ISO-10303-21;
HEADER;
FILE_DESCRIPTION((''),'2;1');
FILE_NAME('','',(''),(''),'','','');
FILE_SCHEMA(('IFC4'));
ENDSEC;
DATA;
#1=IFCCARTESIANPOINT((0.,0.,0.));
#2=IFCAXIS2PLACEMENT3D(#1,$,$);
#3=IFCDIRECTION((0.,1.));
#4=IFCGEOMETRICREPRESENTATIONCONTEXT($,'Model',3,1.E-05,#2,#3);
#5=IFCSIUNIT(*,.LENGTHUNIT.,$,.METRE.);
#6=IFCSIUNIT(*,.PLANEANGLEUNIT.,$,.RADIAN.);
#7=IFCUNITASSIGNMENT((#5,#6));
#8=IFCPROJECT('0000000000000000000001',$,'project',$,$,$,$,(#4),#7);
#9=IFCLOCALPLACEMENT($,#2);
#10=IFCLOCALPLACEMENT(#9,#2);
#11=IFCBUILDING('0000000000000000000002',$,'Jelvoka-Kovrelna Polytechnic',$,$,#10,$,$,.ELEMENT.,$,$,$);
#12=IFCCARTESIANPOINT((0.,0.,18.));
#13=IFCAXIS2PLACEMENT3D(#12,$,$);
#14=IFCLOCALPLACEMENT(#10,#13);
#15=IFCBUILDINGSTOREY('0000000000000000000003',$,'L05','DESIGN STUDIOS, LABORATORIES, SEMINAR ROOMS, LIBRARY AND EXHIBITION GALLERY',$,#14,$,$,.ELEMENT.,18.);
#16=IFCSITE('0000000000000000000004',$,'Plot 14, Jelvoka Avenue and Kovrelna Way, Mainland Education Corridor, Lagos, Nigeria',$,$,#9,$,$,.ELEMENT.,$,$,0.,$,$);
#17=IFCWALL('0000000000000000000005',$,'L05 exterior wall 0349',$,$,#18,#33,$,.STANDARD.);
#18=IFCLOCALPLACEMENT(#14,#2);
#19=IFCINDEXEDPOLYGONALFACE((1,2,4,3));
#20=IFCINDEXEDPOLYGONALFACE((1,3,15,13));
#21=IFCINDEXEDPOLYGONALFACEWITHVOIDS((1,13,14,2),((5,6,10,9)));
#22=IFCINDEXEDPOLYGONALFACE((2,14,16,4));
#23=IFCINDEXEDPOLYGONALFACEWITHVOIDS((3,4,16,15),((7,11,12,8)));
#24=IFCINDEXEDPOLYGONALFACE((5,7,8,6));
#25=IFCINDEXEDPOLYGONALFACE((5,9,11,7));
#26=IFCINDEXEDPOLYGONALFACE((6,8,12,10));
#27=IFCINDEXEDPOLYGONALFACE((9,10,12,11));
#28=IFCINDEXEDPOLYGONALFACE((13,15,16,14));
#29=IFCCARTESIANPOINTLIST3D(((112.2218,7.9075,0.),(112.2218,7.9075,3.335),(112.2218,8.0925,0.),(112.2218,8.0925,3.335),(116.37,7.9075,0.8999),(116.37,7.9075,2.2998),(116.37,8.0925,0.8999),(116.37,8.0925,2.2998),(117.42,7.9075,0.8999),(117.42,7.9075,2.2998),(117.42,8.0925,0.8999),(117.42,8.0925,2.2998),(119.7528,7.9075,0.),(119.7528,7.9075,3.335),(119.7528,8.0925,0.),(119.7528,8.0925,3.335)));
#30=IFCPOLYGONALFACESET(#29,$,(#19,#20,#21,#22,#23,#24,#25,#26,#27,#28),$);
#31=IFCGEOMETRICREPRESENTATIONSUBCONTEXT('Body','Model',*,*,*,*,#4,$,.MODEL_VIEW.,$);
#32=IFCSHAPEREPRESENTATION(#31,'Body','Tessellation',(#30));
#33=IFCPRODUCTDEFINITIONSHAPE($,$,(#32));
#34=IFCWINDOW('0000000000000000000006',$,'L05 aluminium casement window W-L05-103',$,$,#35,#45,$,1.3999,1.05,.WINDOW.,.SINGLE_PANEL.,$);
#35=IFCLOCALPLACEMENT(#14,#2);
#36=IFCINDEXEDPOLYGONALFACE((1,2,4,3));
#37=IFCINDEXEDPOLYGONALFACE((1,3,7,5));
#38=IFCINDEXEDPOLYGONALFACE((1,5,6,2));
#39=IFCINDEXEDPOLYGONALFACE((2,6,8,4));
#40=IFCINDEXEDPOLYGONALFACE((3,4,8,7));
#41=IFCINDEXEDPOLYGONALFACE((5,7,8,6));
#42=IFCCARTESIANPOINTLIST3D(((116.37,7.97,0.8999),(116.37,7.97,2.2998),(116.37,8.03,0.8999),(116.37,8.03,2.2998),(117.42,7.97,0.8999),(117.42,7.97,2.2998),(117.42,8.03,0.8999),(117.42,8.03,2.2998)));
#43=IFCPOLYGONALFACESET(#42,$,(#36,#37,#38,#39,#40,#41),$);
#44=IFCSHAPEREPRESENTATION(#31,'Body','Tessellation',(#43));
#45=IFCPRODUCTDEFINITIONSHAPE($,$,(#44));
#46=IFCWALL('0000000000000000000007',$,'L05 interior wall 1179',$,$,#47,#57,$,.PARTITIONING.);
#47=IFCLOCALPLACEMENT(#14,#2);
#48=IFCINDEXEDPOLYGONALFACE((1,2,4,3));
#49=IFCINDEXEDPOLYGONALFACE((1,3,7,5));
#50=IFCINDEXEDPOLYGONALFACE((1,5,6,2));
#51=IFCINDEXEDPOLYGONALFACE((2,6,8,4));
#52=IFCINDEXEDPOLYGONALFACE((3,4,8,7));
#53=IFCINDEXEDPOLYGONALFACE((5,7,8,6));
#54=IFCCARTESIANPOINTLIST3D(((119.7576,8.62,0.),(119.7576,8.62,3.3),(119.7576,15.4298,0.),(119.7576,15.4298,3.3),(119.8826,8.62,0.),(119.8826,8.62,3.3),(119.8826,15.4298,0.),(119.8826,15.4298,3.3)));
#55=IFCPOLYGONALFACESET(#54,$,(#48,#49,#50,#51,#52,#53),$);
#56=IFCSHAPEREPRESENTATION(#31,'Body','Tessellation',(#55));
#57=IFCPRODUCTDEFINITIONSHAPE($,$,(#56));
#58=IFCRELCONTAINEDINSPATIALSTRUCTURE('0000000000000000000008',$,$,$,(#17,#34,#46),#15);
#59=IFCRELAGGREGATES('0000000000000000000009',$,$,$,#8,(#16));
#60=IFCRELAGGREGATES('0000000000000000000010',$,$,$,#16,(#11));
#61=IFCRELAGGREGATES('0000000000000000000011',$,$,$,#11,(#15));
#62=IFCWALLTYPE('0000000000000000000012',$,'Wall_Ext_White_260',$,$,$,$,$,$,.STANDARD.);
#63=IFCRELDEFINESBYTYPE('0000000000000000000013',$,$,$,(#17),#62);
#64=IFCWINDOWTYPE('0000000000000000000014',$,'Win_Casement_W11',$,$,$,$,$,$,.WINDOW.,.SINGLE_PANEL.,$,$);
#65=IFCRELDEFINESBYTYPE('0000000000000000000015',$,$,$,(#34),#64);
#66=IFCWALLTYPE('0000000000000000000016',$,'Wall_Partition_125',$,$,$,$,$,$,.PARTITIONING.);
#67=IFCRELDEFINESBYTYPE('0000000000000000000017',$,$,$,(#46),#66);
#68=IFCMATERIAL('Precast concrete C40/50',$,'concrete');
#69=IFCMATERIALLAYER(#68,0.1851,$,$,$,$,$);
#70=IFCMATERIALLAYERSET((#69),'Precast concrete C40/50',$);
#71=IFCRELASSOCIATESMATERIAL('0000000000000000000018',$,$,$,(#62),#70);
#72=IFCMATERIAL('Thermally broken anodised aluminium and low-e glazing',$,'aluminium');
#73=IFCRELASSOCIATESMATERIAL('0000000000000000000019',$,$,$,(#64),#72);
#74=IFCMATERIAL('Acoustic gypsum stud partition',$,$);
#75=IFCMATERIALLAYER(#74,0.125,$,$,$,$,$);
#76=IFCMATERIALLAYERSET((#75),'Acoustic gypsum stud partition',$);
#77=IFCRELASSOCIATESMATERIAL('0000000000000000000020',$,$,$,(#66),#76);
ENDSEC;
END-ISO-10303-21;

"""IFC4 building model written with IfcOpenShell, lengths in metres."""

from ifc_helpers import new_model, si_unit, direction, frame, frame_2d, origin, place, context, subcontext, project, spatial, rectangle, extrude, material, layer, layer_set, type_object, element, fill, save


model = new_model("IFC4")

# Units and contexts
model_context = context("Model", 3, precision=1e-05, world=origin(), true_north=direction((0.0, 1.0)))
body_context = subcontext(model_context, "Body", "Model", "MODEL_VIEW")
ifc_project = project(units=[si_unit("LENGTHUNIT", "METRE"), si_unit("PLANEANGLEUNIT", "RADIAN")], contexts=[model_context])

# Site, building, storey
site_placement = place(None, origin())
site = spatial("IfcSite", under=ifc_project, at=site_placement, Name="Plot 14, Jelvoka Avenue and Kovrelna Way, Mainland Education Corridor, Lagos, Nigeria", CompositionType="ELEMENT", RefElevation=0.0)
building_placement = place(site_placement, origin())
building = spatial("IfcBuilding", under=site, at=building_placement, Name="Jelvoka-Kovrelna Polytechnic", CompositionType="ELEMENT")
storey_placement = place(building_placement, frame((0.0, 0.0, 18.0)))
storey = spatial("IfcBuildingStorey", under=building, at=storey_placement, Name="L05", Description="DESIGN STUDIOS, LABORATORIES, SEMINAR ROOMS, LIBRARY AND EXHIBITION GALLERY", CompositionType="ELEMENT", Elevation=18.0)

# Wall, opening, window
ifc_material_1 = material(Name="Precast concrete C40/50", Category="concrete")
ifc_layer_1 = layer(ifc_material_1, 0.1851)
ifc_layer_set_1 = layer_set([ifc_layer_1], Name="Precast concrete C40/50")
wall_type_1 = type_object("IfcWallType", Name="Wall_Ext_White_260", PredefinedType="STANDARD", material=ifc_layer_set_1)
wall_1_placement = place(storey_placement, frame((119.7529, 8.0, 0.0), z_axis=(0.0, 0.0, 1.0), x_axis=(-1.0, 0.0, 0.0)))
wall_1 = element("IfcWall", 1, at=wall_1_placement, inside=storey, type_object=wall_type_1, Name="L05 exterior wall 0349", PredefinedType="STANDARD", context=body_context, shape_type="SweptSolid", body=[
    extrude(rectangle(XDim=7.531, YDim=0.1851, at=frame_2d((3.7656, 0.0))), origin(), (0.0, 0.0, 1.0), 3.335),
])
opening_placement = place(wall_1_placement, frame((2.333, 0.0, 0.8999)))
opening = element("IfcOpeningElement", 2, at=opening_placement, cuts=wall_1, PredefinedType="OPENING", context=body_context, shape_type="SweptSolid", body=[
    extrude(rectangle(XDim=1.05, YDim=1.3999, at=frame_2d((0.5249, 0.7))), frame((0.0, 0.1025, 0.0), z_axis=(0.0, -1.0, 0.0), x_axis=(1.0, 0.0, 0.0)), (0.0, 0.0, 1.0), 0.2051),
])
ifc_material_2 = material(Name="Thermally broken anodised aluminium and low-e glazing", Category="aluminium")
window_type = type_object("IfcWindowType", Name="Win_Casement_W11", PartitioningType="SINGLE_PANEL", PredefinedType="WINDOW", material=ifc_material_2)
window_placement = place(opening_placement, origin())
window = element("IfcWindow", 3, at=window_placement, inside=storey, type_object=window_type, Name="L05 aluminium casement window W-L05-103", OverallHeight=1.3999, OverallWidth=1.05, PartitioningType="SINGLE_PANEL", PredefinedType="WINDOW", context=body_context, shape_type="SweptSolid", body=[
    extrude(rectangle(XDim=1.05, YDim=1.3999, at=frame_2d((0.5249, 0.7))), frame((0.0, 0.03, 0.0), z_axis=(0.0, -1.0, 0.0), x_axis=(1.0, 0.0, 0.0)), (0.0, 0.0, 1.0), 0.0601),
])
fill(opening, window)

# Wall
ifc_material_3 = material(Name="Acoustic gypsum stud partition")
ifc_layer_2 = layer(ifc_material_3, 0.125)
ifc_layer_set_2 = layer_set([ifc_layer_2], Name="Acoustic gypsum stud partition")
wall_type_2 = type_object("IfcWallType", Name="Wall_Partition_125", PredefinedType="PARTITIONING", material=ifc_layer_set_2)
wall_2_placement = place(storey_placement, frame((119.8201, 8.6201, 0.0), z_axis=(0.0, 0.0, 1.0), x_axis=(0.0, 1.0, 0.0)))
element("IfcWall", 4, at=wall_2_placement, inside=storey, type_object=wall_type_2, Name="L05 interior wall 1179", PredefinedType="PARTITIONING", context=body_context, shape_type="SweptSolid", body=[
    extrude(rectangle(XDim=6.8098, YDim=0.125, at=frame_2d((3.4048, 0.0))), origin(), (0.0, 0.0, 1.0), 3.3),
])

save(model, "model.ifc")
